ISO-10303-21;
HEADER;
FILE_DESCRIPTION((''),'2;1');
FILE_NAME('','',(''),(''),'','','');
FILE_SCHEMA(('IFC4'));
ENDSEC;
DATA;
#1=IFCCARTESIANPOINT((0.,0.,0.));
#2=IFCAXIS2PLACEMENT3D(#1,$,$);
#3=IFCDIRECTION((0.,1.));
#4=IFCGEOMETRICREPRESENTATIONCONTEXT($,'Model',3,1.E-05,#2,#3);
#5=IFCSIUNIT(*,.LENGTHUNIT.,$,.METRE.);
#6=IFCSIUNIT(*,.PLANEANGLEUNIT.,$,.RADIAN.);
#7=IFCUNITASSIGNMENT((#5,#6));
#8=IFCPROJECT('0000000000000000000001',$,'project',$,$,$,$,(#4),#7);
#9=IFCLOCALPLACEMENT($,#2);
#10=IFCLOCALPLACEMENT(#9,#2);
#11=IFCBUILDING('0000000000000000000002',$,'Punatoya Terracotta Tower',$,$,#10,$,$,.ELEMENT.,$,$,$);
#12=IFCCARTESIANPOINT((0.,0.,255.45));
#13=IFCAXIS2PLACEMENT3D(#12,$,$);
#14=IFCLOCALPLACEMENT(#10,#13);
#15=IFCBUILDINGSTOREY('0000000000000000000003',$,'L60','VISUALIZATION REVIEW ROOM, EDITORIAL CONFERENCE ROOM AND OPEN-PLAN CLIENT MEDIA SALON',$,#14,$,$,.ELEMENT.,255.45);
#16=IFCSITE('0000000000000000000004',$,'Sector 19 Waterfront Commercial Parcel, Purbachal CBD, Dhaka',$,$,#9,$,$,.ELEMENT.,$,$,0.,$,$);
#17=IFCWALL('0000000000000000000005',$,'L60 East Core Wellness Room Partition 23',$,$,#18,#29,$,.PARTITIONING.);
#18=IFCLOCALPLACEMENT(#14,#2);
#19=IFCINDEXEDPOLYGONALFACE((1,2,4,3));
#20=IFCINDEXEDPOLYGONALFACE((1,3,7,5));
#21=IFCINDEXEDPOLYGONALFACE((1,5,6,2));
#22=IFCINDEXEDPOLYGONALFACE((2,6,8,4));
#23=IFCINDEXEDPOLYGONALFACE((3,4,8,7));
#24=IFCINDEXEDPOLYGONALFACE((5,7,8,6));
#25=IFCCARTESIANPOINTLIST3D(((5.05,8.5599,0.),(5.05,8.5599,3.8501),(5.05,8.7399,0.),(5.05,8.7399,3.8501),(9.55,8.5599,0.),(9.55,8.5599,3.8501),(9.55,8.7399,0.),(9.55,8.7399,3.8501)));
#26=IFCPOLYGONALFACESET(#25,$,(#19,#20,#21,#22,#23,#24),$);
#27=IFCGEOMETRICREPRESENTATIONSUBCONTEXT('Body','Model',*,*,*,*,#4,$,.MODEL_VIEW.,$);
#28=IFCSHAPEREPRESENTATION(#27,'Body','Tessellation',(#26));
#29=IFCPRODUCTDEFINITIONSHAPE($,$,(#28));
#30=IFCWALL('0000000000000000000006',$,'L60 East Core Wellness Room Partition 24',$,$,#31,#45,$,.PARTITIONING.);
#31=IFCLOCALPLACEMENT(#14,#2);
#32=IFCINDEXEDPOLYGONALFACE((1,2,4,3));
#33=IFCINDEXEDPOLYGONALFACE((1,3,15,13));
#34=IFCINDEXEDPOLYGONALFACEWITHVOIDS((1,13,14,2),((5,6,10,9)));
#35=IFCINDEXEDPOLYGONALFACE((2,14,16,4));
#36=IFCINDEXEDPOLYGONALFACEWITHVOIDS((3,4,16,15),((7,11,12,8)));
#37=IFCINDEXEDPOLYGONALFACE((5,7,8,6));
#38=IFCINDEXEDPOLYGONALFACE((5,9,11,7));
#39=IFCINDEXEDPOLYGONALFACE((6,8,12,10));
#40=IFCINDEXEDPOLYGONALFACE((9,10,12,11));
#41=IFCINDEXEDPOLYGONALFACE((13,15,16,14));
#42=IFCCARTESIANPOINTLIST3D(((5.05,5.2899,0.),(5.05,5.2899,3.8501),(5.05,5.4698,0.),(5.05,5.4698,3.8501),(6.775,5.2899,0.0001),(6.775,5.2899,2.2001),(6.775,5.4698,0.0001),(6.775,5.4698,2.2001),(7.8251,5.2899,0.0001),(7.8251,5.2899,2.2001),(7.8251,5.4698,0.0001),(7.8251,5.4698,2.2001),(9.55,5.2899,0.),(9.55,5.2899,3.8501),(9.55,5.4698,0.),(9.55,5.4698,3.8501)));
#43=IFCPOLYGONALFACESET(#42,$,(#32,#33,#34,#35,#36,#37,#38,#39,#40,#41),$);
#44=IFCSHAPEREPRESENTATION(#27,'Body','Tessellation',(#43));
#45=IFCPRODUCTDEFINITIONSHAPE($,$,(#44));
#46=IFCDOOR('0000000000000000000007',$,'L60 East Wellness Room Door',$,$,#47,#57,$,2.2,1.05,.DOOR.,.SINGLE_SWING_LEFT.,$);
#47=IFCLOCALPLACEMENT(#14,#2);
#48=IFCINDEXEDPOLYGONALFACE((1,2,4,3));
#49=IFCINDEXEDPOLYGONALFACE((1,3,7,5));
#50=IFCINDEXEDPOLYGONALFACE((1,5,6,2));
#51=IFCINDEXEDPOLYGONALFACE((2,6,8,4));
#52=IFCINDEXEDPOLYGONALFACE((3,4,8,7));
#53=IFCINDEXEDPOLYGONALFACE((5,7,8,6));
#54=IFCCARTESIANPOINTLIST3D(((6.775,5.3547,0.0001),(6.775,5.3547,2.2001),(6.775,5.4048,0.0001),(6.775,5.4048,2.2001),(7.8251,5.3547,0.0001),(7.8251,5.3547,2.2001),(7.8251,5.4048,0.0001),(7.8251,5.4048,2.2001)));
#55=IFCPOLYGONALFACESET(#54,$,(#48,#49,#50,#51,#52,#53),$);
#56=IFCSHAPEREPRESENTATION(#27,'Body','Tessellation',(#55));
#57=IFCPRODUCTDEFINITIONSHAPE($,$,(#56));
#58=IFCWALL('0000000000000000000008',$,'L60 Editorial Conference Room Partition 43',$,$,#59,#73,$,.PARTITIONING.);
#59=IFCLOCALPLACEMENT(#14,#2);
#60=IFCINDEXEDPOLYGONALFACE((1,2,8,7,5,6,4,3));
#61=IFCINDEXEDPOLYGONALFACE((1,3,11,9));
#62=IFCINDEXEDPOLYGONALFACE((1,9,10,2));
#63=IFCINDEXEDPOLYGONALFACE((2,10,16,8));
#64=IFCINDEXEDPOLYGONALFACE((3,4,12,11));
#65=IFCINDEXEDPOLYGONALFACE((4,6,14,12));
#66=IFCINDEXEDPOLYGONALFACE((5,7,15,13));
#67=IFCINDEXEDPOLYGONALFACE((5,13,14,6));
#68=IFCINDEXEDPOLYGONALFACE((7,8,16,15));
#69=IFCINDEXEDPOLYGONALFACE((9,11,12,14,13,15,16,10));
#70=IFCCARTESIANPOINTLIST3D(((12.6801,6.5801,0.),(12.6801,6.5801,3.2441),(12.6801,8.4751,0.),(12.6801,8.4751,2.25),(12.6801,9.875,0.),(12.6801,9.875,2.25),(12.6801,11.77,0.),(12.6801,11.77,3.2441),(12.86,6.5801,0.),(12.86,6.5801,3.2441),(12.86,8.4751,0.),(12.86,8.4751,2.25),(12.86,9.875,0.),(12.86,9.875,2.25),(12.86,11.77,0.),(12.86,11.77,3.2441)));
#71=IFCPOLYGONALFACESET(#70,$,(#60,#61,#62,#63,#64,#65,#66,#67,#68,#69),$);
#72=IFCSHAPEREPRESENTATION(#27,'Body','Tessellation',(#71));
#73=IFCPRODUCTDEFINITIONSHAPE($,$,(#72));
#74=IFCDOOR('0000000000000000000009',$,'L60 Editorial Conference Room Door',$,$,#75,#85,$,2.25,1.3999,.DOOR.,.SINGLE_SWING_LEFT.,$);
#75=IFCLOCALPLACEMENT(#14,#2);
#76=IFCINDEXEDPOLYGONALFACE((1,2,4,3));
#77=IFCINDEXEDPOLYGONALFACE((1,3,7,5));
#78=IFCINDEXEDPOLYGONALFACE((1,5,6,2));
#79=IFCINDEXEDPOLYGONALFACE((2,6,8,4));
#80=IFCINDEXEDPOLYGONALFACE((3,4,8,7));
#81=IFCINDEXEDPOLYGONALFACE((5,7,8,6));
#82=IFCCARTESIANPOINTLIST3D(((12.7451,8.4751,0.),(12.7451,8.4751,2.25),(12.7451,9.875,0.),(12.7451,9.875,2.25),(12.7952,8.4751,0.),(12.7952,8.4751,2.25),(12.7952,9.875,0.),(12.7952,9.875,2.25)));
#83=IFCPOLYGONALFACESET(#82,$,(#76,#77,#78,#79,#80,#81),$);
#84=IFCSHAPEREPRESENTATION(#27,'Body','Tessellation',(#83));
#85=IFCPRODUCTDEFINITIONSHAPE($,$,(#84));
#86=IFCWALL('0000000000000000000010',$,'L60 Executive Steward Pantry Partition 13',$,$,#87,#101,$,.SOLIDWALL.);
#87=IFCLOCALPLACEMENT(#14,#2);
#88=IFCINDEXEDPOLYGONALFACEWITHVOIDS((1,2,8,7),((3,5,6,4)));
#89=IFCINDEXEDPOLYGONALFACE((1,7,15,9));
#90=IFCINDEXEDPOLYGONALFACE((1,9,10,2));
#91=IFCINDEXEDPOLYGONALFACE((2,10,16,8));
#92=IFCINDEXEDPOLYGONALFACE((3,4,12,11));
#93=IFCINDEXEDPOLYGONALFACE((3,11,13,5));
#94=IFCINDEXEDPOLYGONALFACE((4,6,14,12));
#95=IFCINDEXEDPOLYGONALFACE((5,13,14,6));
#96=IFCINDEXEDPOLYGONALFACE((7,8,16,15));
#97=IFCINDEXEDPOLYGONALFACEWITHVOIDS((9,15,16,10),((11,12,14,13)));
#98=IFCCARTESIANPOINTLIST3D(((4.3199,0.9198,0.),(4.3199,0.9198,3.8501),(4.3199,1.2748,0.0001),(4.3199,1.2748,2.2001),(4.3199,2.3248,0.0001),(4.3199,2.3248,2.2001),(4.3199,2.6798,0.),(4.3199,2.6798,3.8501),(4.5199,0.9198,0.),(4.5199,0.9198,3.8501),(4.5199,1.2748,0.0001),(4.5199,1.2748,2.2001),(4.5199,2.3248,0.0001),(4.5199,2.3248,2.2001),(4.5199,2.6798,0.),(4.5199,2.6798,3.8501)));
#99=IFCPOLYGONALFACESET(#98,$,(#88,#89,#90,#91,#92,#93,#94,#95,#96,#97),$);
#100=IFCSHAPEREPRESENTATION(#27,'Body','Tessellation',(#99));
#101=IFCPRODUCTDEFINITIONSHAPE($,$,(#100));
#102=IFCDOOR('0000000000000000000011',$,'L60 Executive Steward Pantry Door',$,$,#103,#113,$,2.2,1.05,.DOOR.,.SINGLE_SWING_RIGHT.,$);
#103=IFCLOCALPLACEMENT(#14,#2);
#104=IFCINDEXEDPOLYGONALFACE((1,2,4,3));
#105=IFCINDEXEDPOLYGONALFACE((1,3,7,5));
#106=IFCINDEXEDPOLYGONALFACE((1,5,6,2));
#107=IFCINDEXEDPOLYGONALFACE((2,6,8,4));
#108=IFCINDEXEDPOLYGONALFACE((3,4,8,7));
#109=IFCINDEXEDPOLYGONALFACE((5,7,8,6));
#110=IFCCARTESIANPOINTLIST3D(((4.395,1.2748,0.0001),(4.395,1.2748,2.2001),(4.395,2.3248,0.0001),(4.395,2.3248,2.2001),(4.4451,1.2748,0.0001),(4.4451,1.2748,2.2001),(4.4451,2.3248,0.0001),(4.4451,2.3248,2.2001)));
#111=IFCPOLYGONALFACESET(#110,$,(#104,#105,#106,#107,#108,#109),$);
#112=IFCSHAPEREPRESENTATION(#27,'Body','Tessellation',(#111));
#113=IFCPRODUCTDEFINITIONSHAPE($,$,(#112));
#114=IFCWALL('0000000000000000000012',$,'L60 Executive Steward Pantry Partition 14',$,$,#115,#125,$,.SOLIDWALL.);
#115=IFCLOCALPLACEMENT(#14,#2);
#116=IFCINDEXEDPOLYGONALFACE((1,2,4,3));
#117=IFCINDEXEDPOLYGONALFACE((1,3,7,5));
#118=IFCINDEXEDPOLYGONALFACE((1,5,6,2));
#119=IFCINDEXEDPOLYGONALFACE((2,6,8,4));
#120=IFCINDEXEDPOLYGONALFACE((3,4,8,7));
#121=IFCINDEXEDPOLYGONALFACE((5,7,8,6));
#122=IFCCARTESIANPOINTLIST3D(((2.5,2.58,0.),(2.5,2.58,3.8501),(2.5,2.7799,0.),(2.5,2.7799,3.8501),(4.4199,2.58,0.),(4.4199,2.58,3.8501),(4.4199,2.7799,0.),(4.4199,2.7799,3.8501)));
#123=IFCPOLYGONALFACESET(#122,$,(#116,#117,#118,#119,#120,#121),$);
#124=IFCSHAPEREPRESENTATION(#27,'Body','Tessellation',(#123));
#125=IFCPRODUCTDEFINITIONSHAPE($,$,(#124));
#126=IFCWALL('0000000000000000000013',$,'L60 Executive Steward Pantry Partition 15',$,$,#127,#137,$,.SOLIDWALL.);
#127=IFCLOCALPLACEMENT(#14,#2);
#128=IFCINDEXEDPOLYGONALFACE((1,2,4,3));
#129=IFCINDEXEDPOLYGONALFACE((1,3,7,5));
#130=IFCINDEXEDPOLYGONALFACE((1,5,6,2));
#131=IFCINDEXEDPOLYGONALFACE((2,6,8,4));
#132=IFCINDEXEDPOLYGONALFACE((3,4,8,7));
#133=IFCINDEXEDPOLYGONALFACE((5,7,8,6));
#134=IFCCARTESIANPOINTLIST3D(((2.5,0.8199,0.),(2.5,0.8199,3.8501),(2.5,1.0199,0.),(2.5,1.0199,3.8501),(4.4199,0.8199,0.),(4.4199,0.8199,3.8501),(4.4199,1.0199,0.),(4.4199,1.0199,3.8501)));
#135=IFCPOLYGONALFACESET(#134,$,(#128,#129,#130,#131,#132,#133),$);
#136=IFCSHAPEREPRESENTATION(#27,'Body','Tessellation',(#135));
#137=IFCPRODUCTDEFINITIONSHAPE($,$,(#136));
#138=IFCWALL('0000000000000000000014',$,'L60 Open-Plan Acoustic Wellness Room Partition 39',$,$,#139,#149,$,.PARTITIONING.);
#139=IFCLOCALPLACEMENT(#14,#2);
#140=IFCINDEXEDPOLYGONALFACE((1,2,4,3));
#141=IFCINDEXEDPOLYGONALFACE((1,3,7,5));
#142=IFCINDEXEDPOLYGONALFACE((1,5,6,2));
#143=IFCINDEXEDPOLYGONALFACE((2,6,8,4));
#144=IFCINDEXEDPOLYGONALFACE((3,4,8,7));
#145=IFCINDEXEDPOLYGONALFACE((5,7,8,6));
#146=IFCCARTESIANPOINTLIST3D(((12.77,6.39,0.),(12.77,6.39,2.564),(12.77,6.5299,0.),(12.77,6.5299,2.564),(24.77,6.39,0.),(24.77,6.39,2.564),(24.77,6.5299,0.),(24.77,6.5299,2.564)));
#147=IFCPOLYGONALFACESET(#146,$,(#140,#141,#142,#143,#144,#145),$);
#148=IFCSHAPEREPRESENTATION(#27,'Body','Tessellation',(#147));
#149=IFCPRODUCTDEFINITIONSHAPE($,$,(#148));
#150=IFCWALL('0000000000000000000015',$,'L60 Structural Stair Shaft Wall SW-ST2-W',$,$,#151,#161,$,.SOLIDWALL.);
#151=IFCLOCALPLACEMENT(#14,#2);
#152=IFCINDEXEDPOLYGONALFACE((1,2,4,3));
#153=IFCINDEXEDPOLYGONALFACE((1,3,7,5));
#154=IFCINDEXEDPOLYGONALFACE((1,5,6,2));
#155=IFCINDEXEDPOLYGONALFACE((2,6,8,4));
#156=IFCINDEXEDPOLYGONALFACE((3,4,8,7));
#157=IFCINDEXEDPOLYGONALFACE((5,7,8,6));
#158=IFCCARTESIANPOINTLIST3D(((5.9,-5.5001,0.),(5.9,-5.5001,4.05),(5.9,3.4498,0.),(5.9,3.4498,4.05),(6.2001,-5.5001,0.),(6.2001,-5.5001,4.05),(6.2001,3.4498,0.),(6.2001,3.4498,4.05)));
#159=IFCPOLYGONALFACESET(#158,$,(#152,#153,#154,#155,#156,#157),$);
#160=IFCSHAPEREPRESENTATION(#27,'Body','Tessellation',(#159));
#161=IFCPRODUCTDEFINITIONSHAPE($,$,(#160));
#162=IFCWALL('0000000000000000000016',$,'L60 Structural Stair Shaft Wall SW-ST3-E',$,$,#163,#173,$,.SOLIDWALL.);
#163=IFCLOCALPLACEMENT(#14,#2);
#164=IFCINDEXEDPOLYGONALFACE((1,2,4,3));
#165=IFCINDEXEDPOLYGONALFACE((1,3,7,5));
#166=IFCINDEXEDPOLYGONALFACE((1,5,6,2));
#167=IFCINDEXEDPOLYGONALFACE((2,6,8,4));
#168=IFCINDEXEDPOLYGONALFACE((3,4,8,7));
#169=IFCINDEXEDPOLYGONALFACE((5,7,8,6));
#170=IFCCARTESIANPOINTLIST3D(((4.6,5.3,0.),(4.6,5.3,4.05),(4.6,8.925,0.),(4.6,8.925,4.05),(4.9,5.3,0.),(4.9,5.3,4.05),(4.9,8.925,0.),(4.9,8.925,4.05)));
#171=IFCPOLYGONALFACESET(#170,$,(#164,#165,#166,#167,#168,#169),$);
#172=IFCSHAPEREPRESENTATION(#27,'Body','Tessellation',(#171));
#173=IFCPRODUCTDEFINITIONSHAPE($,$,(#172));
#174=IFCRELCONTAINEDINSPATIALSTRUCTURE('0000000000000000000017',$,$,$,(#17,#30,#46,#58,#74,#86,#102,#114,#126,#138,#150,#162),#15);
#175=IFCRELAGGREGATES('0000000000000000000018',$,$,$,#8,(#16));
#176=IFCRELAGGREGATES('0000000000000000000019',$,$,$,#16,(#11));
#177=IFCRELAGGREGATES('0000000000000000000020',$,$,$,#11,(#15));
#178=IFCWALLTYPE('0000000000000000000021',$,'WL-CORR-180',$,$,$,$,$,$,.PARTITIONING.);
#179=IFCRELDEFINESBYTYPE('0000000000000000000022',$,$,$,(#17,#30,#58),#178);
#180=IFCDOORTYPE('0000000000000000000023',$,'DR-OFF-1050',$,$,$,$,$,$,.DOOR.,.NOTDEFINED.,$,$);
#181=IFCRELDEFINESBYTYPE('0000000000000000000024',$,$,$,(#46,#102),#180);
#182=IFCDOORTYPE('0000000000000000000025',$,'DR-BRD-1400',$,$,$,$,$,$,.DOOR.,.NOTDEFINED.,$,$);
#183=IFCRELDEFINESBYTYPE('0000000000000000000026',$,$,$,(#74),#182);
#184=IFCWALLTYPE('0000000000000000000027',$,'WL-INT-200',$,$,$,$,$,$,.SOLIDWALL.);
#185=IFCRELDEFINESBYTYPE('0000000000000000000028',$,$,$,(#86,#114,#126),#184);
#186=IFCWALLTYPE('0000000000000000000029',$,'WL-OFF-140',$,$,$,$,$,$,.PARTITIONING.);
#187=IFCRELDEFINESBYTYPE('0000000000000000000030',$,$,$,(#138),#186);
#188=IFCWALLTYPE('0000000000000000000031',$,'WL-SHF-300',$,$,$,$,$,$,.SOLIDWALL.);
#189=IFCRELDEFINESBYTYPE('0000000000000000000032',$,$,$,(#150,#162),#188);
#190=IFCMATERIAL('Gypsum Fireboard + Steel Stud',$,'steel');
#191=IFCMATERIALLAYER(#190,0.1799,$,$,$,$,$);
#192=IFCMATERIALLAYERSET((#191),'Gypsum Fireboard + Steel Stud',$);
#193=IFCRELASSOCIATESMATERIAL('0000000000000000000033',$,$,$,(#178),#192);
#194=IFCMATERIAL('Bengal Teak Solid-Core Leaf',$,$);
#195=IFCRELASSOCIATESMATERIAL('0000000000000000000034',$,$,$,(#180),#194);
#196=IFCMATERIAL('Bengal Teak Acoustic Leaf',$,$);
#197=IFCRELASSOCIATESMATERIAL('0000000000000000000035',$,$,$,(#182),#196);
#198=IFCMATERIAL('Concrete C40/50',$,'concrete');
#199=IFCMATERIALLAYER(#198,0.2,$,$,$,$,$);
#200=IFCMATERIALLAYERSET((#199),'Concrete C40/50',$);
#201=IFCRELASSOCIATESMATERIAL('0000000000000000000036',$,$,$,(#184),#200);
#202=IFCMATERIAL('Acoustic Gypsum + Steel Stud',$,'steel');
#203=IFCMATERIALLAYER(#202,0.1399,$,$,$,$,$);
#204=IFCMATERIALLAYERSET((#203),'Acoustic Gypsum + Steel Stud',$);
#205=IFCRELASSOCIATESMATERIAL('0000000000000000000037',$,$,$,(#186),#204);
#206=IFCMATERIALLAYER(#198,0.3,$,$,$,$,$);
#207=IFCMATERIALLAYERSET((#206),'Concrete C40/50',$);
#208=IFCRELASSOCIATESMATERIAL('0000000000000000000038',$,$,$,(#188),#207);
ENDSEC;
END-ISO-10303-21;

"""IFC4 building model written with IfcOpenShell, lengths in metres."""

from ifc_helpers import new_model, si_unit, direction, frame, frame_2d, origin, place, context, subcontext, project, spatial, rectangle, extrude, material, layer, layer_set, type_object, element, fill, save


model = new_model("IFC4")

# Units and contexts
model_context = context("Model", 3, precision=1e-05, world=origin(), true_north=direction((0.0, 1.0)))
body_context = subcontext(model_context, "Body", "Model", "MODEL_VIEW")
ifc_project = project(units=[si_unit("LENGTHUNIT", "METRE"), si_unit("PLANEANGLEUNIT", "RADIAN")], contexts=[model_context])

# Site, building, storey
site_placement = place(None, origin())
site = spatial("IfcSite", under=ifc_project, at=site_placement, Name="Sector 19 Waterfront Commercial Parcel, Purbachal CBD, Dhaka", CompositionType="ELEMENT", RefElevation=0.0)
building_placement = place(site_placement, origin())
building = spatial("IfcBuilding", under=site, at=building_placement, Name="Punatoya Terracotta Tower", CompositionType="ELEMENT")
storey_placement = place(building_placement, frame((0.0, 0.0, 255.45)))
storey = spatial("IfcBuildingStorey", under=building, at=storey_placement, Name="L60", Description="VISUALIZATION REVIEW ROOM, EDITORIAL CONFERENCE ROOM AND OPEN-PLAN CLIENT MEDIA SALON", CompositionType="ELEMENT", Elevation=255.45)

# Wall
ifc_material_1 = material(Name="Gypsum Fireboard + Steel Stud", Category="steel")
ifc_layer_1 = layer(ifc_material_1, 0.1799)
ifc_layer_set_1 = layer_set([ifc_layer_1], Name="Gypsum Fireboard + Steel Stud")
wall_type_1 = type_object("IfcWallType", Name="WL-CORR-180", PredefinedType="PARTITIONING", material=ifc_layer_set_1)
wall_1_placement = place(storey_placement, frame((9.55, 8.6499, 0.0), z_axis=(0.0, 0.0, 1.0), x_axis=(-1.0, 0.0, 0.0)))
element("IfcWall", 1, at=wall_1_placement, inside=storey, type_object=wall_type_1, Name="L60 East Core Wellness Room Partition 23", PredefinedType="PARTITIONING", context=body_context, shape_type="SweptSolid", body=[
    extrude(rectangle(XDim=4.5, YDim=0.1799, at=frame_2d((2.25, 0.0))), origin(), (0.0, 0.0, 1.0), 3.8501),
])

# Walls, openings, doors
wall_2_placement = place(storey_placement, frame((5.05, 5.3799, 0.0), z_axis=(0.0, 0.0, 1.0), x_axis=(1.0, 0.0, 0.0)))
wall_2 = element("IfcWall", 2, at=wall_2_placement, inside=storey, type_object=wall_type_1, Name="L60 East Core Wellness Room Partition 24", PredefinedType="PARTITIONING", context=body_context, shape_type="SweptSolid", body=[
    extrude(rectangle(XDim=4.5, YDim=0.1799, at=frame_2d((2.25, 0.0))), origin(), (0.0, 0.0, 1.0), 3.8501),
])
opening_1_placement = place(wall_2_placement, frame((1.7251, 0.0, 0.0)))
opening_1 = element("IfcOpeningElement", 3, at=opening_1_placement, cuts=wall_2, PredefinedType="OPENING", context=body_context, shape_type="SweptSolid", body=[
    extrude(rectangle(XDim=1.05, YDim=2.2, at=frame_2d((0.5249, 1.1001))), frame((0.0, 0.0999, 0.0), z_axis=(0.0, -1.0, 0.0), x_axis=(1.0, 0.0, 0.0)), (0.0, 0.0, 1.0), 0.2),
])
ifc_material_2 = material(Name="Bengal Teak Solid-Core Leaf")
door_type_1 = type_object("IfcDoorType", Name="DR-OFF-1050", OperationType="NOTDEFINED", PredefinedType="DOOR", material=ifc_material_2)
door_1_placement = place(opening_1_placement, origin())
door_1 = element("IfcDoor", 4, at=door_1_placement, inside=storey, type_object=door_type_1, Name="L60 East Wellness Room Door", OperationType="SINGLE_SWING_LEFT", OverallHeight=2.2, OverallWidth=1.05, PredefinedType="DOOR", context=body_context, shape_type="SweptSolid", body=[
    extrude(rectangle(XDim=1.05, YDim=2.2, at=frame_2d((0.5249, 1.1001))), frame((0.0, 0.0249, 0.0), z_axis=(0.0, -1.0, 0.0), x_axis=(1.0, 0.0, 0.0)), (0.0, 0.0, 1.0), 0.05),
])
fill(opening_1, door_1)
wall_3_placement = place(storey_placement, frame((12.77, 6.5801, 0.0), z_axis=(0.0, 0.0, 1.0), x_axis=(0.0, 1.0, 0.0)))
wall_3 = element("IfcWall", 5, at=wall_3_placement, inside=storey, type_object=wall_type_1, Name="L60 Editorial Conference Room Partition 43", PredefinedType="PARTITIONING", context=body_context, shape_type="SweptSolid", body=[
    extrude(rectangle(XDim=5.1899, YDim=0.1799, at=frame_2d((2.595, 0.0))), origin(), (0.0, 0.0, 1.0), 3.2441),
])
opening_2_placement = place(wall_3_placement, frame((1.895, 0.0, 0.0)))
opening_2 = element("IfcOpeningElement", 6, at=opening_2_placement, cuts=wall_3, PredefinedType="OPENING", context=body_context, shape_type="SweptSolid", body=[
    extrude(rectangle(XDim=1.3999, YDim=2.25, at=frame_2d((0.7, 1.125))), frame((0.0, 0.0999, 0.0), z_axis=(0.0, -1.0, 0.0), x_axis=(1.0, 0.0, 0.0)), (0.0, 0.0, 1.0), 0.2),
])
ifc_material_3 = material(Name="Bengal Teak Acoustic Leaf")
door_type_2 = type_object("IfcDoorType", Name="DR-BRD-1400", OperationType="NOTDEFINED", PredefinedType="DOOR", material=ifc_material_3)
door_2_placement = place(opening_2_placement, origin())
door_2 = element("IfcDoor", 7, at=door_2_placement, inside=storey, type_object=door_type_2, Name="L60 Editorial Conference Room Door", OperationType="SINGLE_SWING_LEFT", OverallHeight=2.25, OverallWidth=1.3999, PredefinedType="DOOR", context=body_context, shape_type="SweptSolid", body=[
    extrude(rectangle(XDim=1.3999, YDim=2.25, at=frame_2d((0.7, 1.125))), frame((0.0, 0.0249, 0.0), z_axis=(0.0, -1.0, 0.0), x_axis=(1.0, 0.0, 0.0)), (0.0, 0.0, 1.0), 0.05),
])
fill(opening_2, door_2)
ifc_material_4 = material(Name="Concrete C40/50", Category="concrete")
ifc_layer_2 = layer(ifc_material_4, 0.2)
ifc_layer_set_2 = layer_set([ifc_layer_2], Name="Concrete C40/50")
wall_type_2 = type_object("IfcWallType", Name="WL-INT-200", PredefinedType="SOLIDWALL", material=ifc_layer_set_2)
wall_4_placement = place(storey_placement, frame((4.4199, 0.9199, 0.0), z_axis=(0.0, 0.0, 1.0), x_axis=(0.0, 1.0, 0.0)))
wall_4 = element("IfcWall", 8, at=wall_4_placement, inside=storey, type_object=wall_type_2, Name="L60 Executive Steward Pantry Partition 13", PredefinedType="SOLIDWALL", context=body_context, shape_type="SweptSolid", body=[
    extrude(rectangle(XDim=1.76, YDim=0.2, at=frame_2d((0.8799, 0.0))), origin(), (0.0, 0.0, 1.0), 3.8501),
])
opening_3_placement = place(wall_4_placement, frame((0.355, 0.0, 0.0)))
opening_3 = element("IfcOpeningElement", 9, at=opening_3_placement, cuts=wall_4, PredefinedType="OPENING", context=body_context, shape_type="SweptSolid", body=[
    extrude(rectangle(XDim=1.05, YDim=2.2, at=frame_2d((0.5249, 1.1001))), frame((0.0, 0.1099, 0.0), z_axis=(0.0, -1.0, 0.0), x_axis=(1.0, 0.0, 0.0)), (0.0, 0.0, 1.0), 0.22),
])
door_3_placement = place(opening_3_placement, origin())
door_3 = element("IfcDoor", 10, at=door_3_placement, inside=storey, type_object=door_type_1, Name="L60 Executive Steward Pantry Door", OperationType="SINGLE_SWING_RIGHT", OverallHeight=2.2, OverallWidth=1.05, PredefinedType="DOOR", context=body_context, shape_type="SweptSolid", body=[
    extrude(rectangle(XDim=1.05, YDim=2.2, at=frame_2d((0.5249, 1.1001))), frame((0.0, 0.0249, 0.0), z_axis=(0.0, -1.0, 0.0), x_axis=(1.0, 0.0, 0.0)), (0.0, 0.0, 1.0), 0.05),
])
fill(opening_3, door_3)

# Walls
for number, where, z_axis, x_axis, name in (
    (11, (4.4199, 2.6799, 0.0), (0.0, 0.0, 1.0), (-1.0, 0.0, 0.0), "L60 Executive Steward Pantry Partition 14"),
    (12, (2.5, 0.9199, 0.0), (0.0, 0.0, 1.0), (1.0, 0.0, 0.0), "L60 Executive Steward Pantry Partition 15"),
):
    element("IfcWall", number, at=place(storey_placement, frame(where, z_axis=z_axis, x_axis=x_axis)), inside=storey, type_object=wall_type_2, Name=name, PredefinedType="SOLIDWALL", context=body_context, shape_type="SweptSolid", body=[
        extrude(rectangle(XDim=1.9199, YDim=0.2, at=frame_2d((0.96, 0.0))), origin(), (0.0, 0.0, 1.0), 3.8501),
    ])
ifc_material_5 = material(Name="Acoustic Gypsum + Steel Stud", Category="steel")
ifc_layer_3 = layer(ifc_material_5, 0.1399)
ifc_layer_set_3 = layer_set([ifc_layer_3], Name="Acoustic Gypsum + Steel Stud")
wall_type_3 = type_object("IfcWallType", Name="WL-OFF-140", PredefinedType="PARTITIONING", material=ifc_layer_set_3)
wall_5_placement = place(storey_placement, frame((12.77, 6.46, 0.0), z_axis=(0.0, 0.0, 1.0), x_axis=(1.0, 0.0, 0.0)))
element("IfcWall", 13, at=wall_5_placement, inside=storey, type_object=wall_type_3, Name="L60 Open-Plan Acoustic Wellness Room Partition 39", PredefinedType="PARTITIONING", context=body_context, shape_type="SweptSolid", body=[
    extrude(rectangle(XDim=12.0, YDim=0.1399, at=frame_2d((6.0, 0.0))), origin(), (0.0, 0.0, 1.0), 2.564),
])
ifc_layer_4 = layer(ifc_material_4, 0.3)
ifc_layer_set_4 = layer_set([ifc_layer_4], Name="Concrete C40/50")
wall_type_4 = type_object("IfcWallType", Name="WL-SHF-300", PredefinedType="SOLIDWALL", material=ifc_layer_set_4)
wall_6_placement = place(storey_placement, frame((6.05, 3.45, 0.0), z_axis=(0.0, 0.0, 1.0), x_axis=(0.0, -1.0, 0.0)))
element("IfcWall", 14, at=wall_6_placement, inside=storey, type_object=wall_type_4, Name="L60 Structural Stair Shaft Wall SW-ST2-W", PredefinedType="SOLIDWALL", context=body_context, shape_type="SweptSolid", body=[
    extrude(rectangle(XDim=8.95, YDim=0.3, at=frame_2d((4.4751, 0.0))), origin(), (0.0, 0.0, 1.0), 4.05),
])
wall_7_placement = place(storey_placement, frame((4.75, 8.925, 0.0), z_axis=(0.0, 0.0, 1.0), x_axis=(0.0, -1.0, 0.0)))
element("IfcWall", 15, at=wall_7_placement, inside=storey, type_object=wall_type_4, Name="L60 Structural Stair Shaft Wall SW-ST3-E", PredefinedType="SOLIDWALL", context=body_context, shape_type="SweptSolid", body=[
    extrude(rectangle(XDim=3.625, YDim=0.3, at=frame_2d((1.8125, 0.0))), origin(), (0.0, 0.0, 1.0), 4.05),
])

save(model, "model.ifc")
